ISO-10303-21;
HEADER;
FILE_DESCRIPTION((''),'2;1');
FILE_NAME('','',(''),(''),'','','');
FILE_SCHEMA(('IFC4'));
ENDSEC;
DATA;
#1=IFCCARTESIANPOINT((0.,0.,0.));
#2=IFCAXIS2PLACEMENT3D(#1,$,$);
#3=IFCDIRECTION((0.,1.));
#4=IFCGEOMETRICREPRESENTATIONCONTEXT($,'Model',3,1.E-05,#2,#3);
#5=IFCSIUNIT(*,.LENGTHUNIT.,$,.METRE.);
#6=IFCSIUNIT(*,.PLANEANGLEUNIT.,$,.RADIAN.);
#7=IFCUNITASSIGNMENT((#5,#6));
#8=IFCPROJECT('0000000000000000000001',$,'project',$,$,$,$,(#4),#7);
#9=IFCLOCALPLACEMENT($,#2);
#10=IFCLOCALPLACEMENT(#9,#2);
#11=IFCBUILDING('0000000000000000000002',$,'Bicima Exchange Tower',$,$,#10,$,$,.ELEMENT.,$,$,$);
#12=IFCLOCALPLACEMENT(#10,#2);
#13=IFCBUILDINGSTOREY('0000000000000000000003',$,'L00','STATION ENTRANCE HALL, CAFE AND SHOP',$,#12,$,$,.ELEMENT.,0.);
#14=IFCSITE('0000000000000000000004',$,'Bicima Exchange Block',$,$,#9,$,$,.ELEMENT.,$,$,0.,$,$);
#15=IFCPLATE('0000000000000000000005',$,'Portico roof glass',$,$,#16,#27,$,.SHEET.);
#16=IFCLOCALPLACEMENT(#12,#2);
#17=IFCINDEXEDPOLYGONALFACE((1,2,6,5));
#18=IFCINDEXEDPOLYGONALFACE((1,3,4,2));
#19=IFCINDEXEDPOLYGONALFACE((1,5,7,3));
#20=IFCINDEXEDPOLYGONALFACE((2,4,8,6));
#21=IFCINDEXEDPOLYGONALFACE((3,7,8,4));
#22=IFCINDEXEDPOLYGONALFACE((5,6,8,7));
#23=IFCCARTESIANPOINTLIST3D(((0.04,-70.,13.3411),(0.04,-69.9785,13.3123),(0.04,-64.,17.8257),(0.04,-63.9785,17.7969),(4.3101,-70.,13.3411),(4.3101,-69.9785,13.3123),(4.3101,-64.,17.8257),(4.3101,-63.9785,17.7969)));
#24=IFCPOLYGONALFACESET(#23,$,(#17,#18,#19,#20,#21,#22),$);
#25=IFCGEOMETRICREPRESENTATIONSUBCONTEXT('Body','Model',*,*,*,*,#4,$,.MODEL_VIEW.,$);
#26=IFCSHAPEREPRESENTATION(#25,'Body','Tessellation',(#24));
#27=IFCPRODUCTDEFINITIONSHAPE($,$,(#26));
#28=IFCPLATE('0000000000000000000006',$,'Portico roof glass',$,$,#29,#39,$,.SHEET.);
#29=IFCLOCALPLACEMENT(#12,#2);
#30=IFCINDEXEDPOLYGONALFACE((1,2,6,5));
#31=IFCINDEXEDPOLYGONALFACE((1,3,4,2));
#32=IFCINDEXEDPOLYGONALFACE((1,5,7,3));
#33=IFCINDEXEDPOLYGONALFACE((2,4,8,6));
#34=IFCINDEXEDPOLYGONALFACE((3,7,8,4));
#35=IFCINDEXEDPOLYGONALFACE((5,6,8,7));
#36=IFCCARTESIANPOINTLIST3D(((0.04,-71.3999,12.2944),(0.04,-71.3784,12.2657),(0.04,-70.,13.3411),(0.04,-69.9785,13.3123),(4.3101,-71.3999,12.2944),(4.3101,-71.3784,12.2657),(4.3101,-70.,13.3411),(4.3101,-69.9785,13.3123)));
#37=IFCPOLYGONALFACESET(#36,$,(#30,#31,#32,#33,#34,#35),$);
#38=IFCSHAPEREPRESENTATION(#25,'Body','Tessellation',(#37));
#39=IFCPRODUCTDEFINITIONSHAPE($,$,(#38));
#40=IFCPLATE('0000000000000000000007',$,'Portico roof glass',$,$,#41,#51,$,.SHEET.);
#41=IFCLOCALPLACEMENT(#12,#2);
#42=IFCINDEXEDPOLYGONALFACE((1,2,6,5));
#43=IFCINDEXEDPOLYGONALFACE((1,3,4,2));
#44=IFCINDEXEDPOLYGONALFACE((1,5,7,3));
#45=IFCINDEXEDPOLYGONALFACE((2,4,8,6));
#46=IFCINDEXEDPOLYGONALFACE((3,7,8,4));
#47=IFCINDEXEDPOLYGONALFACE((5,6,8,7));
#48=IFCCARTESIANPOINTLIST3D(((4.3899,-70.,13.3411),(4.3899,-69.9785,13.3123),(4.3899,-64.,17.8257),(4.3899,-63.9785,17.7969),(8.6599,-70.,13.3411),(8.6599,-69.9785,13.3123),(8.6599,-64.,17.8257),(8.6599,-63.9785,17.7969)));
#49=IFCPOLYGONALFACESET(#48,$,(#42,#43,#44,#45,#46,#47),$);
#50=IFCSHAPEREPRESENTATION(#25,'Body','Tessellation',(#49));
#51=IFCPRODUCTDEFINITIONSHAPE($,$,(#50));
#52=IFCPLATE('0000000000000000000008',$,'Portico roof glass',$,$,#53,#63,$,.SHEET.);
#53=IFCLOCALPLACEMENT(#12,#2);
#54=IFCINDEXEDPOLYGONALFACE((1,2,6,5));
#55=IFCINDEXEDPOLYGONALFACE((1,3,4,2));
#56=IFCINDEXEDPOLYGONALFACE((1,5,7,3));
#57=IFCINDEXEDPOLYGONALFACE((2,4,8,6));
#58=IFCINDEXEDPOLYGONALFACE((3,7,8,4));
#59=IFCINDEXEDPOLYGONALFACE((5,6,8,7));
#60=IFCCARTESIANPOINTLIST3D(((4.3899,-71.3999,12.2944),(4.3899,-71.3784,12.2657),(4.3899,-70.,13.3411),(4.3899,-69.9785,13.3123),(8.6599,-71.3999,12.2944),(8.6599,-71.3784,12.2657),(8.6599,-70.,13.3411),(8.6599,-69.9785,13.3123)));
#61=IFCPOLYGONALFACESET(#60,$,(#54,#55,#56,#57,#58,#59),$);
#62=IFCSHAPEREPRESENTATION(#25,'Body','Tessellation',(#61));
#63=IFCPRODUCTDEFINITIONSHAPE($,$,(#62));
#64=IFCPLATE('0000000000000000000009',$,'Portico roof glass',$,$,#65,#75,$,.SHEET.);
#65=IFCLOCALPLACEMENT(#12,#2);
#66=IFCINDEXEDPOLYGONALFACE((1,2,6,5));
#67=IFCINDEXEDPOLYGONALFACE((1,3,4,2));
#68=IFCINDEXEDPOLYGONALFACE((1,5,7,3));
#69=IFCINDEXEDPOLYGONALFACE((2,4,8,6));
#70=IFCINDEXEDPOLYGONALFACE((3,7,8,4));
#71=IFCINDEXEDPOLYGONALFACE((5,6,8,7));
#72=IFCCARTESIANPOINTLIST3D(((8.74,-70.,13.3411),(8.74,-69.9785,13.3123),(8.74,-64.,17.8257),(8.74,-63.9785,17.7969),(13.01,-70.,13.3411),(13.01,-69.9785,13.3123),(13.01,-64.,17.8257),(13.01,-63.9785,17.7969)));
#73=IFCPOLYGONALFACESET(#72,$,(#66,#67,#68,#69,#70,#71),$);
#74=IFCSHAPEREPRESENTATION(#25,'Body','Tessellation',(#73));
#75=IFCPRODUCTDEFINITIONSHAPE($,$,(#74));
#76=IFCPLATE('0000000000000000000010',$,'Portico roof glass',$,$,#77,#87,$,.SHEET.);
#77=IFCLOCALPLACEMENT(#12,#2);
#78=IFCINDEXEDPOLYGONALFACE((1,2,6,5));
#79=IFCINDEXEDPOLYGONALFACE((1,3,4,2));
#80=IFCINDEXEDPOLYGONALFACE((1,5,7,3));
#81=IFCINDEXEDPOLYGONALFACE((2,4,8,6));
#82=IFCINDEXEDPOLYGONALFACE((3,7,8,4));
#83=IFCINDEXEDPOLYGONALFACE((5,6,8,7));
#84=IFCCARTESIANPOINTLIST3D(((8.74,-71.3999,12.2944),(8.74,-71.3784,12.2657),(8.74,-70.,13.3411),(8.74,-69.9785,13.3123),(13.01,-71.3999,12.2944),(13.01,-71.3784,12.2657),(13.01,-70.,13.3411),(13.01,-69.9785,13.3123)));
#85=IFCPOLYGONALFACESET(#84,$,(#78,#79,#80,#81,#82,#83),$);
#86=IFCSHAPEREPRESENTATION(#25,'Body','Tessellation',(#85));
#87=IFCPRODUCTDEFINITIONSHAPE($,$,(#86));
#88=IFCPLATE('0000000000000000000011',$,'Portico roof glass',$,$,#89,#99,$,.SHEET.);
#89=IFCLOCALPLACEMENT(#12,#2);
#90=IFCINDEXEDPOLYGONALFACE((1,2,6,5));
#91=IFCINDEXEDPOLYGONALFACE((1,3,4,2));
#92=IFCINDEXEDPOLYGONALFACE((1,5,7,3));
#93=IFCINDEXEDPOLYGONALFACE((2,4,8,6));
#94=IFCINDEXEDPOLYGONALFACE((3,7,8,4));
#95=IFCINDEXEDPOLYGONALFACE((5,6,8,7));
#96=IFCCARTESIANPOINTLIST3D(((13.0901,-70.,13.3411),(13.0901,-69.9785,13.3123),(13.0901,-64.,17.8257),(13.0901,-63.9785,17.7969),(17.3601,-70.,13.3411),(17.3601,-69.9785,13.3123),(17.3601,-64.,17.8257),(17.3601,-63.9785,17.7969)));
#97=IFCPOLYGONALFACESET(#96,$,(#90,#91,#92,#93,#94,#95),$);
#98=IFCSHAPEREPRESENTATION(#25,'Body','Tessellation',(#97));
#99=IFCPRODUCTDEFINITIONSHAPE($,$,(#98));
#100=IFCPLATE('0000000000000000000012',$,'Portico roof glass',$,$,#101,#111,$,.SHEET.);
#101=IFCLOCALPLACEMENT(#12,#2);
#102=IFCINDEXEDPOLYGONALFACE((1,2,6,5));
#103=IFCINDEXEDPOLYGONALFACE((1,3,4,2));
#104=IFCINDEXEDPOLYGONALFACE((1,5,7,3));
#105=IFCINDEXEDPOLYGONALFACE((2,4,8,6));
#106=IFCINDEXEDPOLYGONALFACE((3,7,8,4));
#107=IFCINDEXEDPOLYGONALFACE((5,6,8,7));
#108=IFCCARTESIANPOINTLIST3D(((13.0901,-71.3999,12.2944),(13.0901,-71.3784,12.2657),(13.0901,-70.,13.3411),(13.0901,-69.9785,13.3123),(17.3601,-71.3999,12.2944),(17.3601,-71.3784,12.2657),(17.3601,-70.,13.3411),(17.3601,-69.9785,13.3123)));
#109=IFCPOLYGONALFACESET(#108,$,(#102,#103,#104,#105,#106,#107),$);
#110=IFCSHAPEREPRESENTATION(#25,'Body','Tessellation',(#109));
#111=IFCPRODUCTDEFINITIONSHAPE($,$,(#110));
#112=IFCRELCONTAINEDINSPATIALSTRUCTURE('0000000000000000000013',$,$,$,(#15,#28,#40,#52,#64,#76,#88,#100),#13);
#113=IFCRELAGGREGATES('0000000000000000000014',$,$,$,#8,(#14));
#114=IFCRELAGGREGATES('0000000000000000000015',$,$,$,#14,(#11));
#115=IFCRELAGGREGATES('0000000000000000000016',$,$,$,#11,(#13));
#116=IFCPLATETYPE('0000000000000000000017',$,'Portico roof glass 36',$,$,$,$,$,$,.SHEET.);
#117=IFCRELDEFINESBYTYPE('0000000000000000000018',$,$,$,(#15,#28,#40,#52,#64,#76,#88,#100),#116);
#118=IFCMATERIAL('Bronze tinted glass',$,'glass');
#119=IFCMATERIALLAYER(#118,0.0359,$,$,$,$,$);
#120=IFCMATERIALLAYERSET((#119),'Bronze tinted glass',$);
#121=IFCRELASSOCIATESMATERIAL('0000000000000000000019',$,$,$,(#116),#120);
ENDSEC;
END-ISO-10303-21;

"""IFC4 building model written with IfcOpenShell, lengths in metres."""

from ifc_helpers import new_model, si_unit, direction, frame, origin, place, context, subcontext, project, spatial, polyline, outline, extrude, material, layer, layer_set, type_object, element, save


model = new_model("IFC4")

# Units and contexts
model_context = context("Model", 3, precision=1e-05, world=origin(), true_north=direction((0.0, 1.0)))
body_context = subcontext(model_context, "Body", "Model", "MODEL_VIEW")
ifc_project = project(units=[si_unit("LENGTHUNIT", "METRE"), si_unit("PLANEANGLEUNIT", "RADIAN")], contexts=[model_context])

# Site, building, storey
site_placement = place(None, origin())
site = spatial("IfcSite", under=ifc_project, at=site_placement, Name="Bicima Exchange Block", CompositionType="ELEMENT", RefElevation=0.0)
building_placement = place(site_placement, origin())
building = spatial("IfcBuilding", under=site, at=building_placement, Name="Bicima Exchange Tower", CompositionType="ELEMENT")
storey_placement = place(building_placement, origin())
storey = spatial("IfcBuildingStorey", under=building, at=storey_placement, Name="L00", Description="STATION ENTRANCE HALL, CAFE AND SHOP", CompositionType="ELEMENT", Elevation=0.0)

# Plates
ifc_material_1 = material(Name="Bronze tinted glass", Category="glass")
ifc_layer = layer(ifc_material_1, 0.0359)
ifc_layer_set = layer_set([ifc_layer], Name="Bronze tinted glass")
plate_type = type_object("IfcPlateType", Name="Portico roof glass 36", PredefinedType="SHEET", material=ifc_layer_set)
plate_1_placement = place(storey_placement, frame((0.04, -64.0, 17.8257), z_axis=(0.0, -0.598685, 0.800985), x_axis=(1.0, 0.0, 0.0)))
element("IfcPlate", 1, at=plate_1_placement, inside=storey, type_object=plate_type, Name="Portico roof glass", PredefinedType="SHEET", context=body_context, shape_type="SweptSolid", body=[
    extrude(outline(polyline([(0.0, 0.0), (4.27, 0.0), (4.27, -7.4908), (0.0, -7.4908), (0.0, 0.0)])), origin(), (0.0, 0.0, -1.0), 0.0359),
])
plate_2_placement = place(storey_placement, frame((0.04, -70.0, 13.3411), z_axis=(0.0, -0.598793, 0.800904), x_axis=(1.0, 0.0, 0.0)))
element("IfcPlate", 2, at=plate_2_placement, inside=storey, type_object=plate_type, Name="Portico roof glass", PredefinedType="SHEET", context=body_context, shape_type="SweptSolid", body=[
    extrude(outline(polyline([(0.0, 0.0), (4.27, 0.0), (4.27, -1.7479), (0.0, -1.7479), (0.0, 0.0)])), origin(), (0.0, 0.0, -1.0), 0.0359),
])
plate_3_placement = place(storey_placement, frame((4.3899, -64.0, 17.8257), z_axis=(0.0, -0.598685, 0.800985), x_axis=(1.0, 0.0, 0.0)))
element("IfcPlate", 3, at=plate_3_placement, inside=storey, type_object=plate_type, Name="Portico roof glass", PredefinedType="SHEET", context=body_context, shape_type="SweptSolid", body=[
    extrude(outline(polyline([(0.0, 0.0), (4.27, 0.0), (4.27, -7.4908), (0.0, -7.4908), (0.0, 0.0)])), origin(), (0.0, 0.0, -1.0), 0.0359),
])
plate_4_placement = place(storey_placement, frame((4.3899, -70.0, 13.3411), z_axis=(0.0, -0.598793, 0.800904), x_axis=(1.0, 0.0, 0.0)))
element("IfcPlate", 4, at=plate_4_placement, inside=storey, type_object=plate_type, Name="Portico roof glass", PredefinedType="SHEET", context=body_context, shape_type="SweptSolid", body=[
    extrude(outline(polyline([(0.0, 0.0), (4.27, 0.0), (4.27, -1.7479), (0.0, -1.7479), (0.0, 0.0)])), origin(), (0.0, 0.0, -1.0), 0.0359),
])
plate_5_placement = place(storey_placement, frame((8.74, -64.0, 17.8257), z_axis=(0.0, -0.598685, 0.800985), x_axis=(1.0, 0.0, 0.0)))
element("IfcPlate", 5, at=plate_5_placement, inside=storey, type_object=plate_type, Name="Portico roof glass", PredefinedType="SHEET", context=body_context, shape_type="SweptSolid", body=[
    extrude(outline(polyline([(0.0, 0.0), (4.27, 0.0), (4.27, -7.4908), (0.0, -7.4908), (0.0, 0.0)])), origin(), (0.0, 0.0, -1.0), 0.0359),
])
plate_6_placement = place(storey_placement, frame((8.74, -70.0, 13.3411), z_axis=(0.0, -0.598793, 0.800904), x_axis=(1.0, 0.0, 0.0)))
element("IfcPlate", 6, at=plate_6_placement, inside=storey, type_object=plate_type, Name="Portico roof glass", PredefinedType="SHEET", context=body_context, shape_type="SweptSolid", body=[
    extrude(outline(polyline([(0.0, 0.0), (4.27, 0.0), (4.27, -1.7479), (0.0, -1.7479), (0.0, 0.0)])), origin(), (0.0, 0.0, -1.0), 0.0359),
])
plate_7_placement = place(storey_placement, frame((13.0901, -64.0, 17.8257), z_axis=(0.0, -0.598685, 0.800985), x_axis=(1.0, 0.0, 0.0)))
element("IfcPlate", 7, at=plate_7_placement, inside=storey, type_object=plate_type, Name="Portico roof glass", PredefinedType="SHEET", context=body_context, shape_type="SweptSolid", body=[
    extrude(outline(polyline([(0.0, 0.0), (4.27, 0.0), (4.27, -7.4908), (0.0, -7.4908), (0.0, 0.0)])), origin(), (0.0, 0.0, -1.0), 0.0359),
])
plate_8_placement = place(storey_placement, frame((13.0901, -70.0, 13.3411), z_axis=(0.0, -0.598793, 0.800904), x_axis=(1.0, 0.0, 0.0)))
element("IfcPlate", 8, at=plate_8_placement, inside=storey, type_object=plate_type, Name="Portico roof glass", PredefinedType="SHEET", context=body_context, shape_type="SweptSolid", body=[
    extrude(outline(polyline([(0.0, 0.0), (4.27, 0.0), (4.27, -1.7479), (0.0, -1.7479), (0.0, 0.0)])), origin(), (0.0, 0.0, -1.0), 0.0359),
])

save(model, "model.ifc")
